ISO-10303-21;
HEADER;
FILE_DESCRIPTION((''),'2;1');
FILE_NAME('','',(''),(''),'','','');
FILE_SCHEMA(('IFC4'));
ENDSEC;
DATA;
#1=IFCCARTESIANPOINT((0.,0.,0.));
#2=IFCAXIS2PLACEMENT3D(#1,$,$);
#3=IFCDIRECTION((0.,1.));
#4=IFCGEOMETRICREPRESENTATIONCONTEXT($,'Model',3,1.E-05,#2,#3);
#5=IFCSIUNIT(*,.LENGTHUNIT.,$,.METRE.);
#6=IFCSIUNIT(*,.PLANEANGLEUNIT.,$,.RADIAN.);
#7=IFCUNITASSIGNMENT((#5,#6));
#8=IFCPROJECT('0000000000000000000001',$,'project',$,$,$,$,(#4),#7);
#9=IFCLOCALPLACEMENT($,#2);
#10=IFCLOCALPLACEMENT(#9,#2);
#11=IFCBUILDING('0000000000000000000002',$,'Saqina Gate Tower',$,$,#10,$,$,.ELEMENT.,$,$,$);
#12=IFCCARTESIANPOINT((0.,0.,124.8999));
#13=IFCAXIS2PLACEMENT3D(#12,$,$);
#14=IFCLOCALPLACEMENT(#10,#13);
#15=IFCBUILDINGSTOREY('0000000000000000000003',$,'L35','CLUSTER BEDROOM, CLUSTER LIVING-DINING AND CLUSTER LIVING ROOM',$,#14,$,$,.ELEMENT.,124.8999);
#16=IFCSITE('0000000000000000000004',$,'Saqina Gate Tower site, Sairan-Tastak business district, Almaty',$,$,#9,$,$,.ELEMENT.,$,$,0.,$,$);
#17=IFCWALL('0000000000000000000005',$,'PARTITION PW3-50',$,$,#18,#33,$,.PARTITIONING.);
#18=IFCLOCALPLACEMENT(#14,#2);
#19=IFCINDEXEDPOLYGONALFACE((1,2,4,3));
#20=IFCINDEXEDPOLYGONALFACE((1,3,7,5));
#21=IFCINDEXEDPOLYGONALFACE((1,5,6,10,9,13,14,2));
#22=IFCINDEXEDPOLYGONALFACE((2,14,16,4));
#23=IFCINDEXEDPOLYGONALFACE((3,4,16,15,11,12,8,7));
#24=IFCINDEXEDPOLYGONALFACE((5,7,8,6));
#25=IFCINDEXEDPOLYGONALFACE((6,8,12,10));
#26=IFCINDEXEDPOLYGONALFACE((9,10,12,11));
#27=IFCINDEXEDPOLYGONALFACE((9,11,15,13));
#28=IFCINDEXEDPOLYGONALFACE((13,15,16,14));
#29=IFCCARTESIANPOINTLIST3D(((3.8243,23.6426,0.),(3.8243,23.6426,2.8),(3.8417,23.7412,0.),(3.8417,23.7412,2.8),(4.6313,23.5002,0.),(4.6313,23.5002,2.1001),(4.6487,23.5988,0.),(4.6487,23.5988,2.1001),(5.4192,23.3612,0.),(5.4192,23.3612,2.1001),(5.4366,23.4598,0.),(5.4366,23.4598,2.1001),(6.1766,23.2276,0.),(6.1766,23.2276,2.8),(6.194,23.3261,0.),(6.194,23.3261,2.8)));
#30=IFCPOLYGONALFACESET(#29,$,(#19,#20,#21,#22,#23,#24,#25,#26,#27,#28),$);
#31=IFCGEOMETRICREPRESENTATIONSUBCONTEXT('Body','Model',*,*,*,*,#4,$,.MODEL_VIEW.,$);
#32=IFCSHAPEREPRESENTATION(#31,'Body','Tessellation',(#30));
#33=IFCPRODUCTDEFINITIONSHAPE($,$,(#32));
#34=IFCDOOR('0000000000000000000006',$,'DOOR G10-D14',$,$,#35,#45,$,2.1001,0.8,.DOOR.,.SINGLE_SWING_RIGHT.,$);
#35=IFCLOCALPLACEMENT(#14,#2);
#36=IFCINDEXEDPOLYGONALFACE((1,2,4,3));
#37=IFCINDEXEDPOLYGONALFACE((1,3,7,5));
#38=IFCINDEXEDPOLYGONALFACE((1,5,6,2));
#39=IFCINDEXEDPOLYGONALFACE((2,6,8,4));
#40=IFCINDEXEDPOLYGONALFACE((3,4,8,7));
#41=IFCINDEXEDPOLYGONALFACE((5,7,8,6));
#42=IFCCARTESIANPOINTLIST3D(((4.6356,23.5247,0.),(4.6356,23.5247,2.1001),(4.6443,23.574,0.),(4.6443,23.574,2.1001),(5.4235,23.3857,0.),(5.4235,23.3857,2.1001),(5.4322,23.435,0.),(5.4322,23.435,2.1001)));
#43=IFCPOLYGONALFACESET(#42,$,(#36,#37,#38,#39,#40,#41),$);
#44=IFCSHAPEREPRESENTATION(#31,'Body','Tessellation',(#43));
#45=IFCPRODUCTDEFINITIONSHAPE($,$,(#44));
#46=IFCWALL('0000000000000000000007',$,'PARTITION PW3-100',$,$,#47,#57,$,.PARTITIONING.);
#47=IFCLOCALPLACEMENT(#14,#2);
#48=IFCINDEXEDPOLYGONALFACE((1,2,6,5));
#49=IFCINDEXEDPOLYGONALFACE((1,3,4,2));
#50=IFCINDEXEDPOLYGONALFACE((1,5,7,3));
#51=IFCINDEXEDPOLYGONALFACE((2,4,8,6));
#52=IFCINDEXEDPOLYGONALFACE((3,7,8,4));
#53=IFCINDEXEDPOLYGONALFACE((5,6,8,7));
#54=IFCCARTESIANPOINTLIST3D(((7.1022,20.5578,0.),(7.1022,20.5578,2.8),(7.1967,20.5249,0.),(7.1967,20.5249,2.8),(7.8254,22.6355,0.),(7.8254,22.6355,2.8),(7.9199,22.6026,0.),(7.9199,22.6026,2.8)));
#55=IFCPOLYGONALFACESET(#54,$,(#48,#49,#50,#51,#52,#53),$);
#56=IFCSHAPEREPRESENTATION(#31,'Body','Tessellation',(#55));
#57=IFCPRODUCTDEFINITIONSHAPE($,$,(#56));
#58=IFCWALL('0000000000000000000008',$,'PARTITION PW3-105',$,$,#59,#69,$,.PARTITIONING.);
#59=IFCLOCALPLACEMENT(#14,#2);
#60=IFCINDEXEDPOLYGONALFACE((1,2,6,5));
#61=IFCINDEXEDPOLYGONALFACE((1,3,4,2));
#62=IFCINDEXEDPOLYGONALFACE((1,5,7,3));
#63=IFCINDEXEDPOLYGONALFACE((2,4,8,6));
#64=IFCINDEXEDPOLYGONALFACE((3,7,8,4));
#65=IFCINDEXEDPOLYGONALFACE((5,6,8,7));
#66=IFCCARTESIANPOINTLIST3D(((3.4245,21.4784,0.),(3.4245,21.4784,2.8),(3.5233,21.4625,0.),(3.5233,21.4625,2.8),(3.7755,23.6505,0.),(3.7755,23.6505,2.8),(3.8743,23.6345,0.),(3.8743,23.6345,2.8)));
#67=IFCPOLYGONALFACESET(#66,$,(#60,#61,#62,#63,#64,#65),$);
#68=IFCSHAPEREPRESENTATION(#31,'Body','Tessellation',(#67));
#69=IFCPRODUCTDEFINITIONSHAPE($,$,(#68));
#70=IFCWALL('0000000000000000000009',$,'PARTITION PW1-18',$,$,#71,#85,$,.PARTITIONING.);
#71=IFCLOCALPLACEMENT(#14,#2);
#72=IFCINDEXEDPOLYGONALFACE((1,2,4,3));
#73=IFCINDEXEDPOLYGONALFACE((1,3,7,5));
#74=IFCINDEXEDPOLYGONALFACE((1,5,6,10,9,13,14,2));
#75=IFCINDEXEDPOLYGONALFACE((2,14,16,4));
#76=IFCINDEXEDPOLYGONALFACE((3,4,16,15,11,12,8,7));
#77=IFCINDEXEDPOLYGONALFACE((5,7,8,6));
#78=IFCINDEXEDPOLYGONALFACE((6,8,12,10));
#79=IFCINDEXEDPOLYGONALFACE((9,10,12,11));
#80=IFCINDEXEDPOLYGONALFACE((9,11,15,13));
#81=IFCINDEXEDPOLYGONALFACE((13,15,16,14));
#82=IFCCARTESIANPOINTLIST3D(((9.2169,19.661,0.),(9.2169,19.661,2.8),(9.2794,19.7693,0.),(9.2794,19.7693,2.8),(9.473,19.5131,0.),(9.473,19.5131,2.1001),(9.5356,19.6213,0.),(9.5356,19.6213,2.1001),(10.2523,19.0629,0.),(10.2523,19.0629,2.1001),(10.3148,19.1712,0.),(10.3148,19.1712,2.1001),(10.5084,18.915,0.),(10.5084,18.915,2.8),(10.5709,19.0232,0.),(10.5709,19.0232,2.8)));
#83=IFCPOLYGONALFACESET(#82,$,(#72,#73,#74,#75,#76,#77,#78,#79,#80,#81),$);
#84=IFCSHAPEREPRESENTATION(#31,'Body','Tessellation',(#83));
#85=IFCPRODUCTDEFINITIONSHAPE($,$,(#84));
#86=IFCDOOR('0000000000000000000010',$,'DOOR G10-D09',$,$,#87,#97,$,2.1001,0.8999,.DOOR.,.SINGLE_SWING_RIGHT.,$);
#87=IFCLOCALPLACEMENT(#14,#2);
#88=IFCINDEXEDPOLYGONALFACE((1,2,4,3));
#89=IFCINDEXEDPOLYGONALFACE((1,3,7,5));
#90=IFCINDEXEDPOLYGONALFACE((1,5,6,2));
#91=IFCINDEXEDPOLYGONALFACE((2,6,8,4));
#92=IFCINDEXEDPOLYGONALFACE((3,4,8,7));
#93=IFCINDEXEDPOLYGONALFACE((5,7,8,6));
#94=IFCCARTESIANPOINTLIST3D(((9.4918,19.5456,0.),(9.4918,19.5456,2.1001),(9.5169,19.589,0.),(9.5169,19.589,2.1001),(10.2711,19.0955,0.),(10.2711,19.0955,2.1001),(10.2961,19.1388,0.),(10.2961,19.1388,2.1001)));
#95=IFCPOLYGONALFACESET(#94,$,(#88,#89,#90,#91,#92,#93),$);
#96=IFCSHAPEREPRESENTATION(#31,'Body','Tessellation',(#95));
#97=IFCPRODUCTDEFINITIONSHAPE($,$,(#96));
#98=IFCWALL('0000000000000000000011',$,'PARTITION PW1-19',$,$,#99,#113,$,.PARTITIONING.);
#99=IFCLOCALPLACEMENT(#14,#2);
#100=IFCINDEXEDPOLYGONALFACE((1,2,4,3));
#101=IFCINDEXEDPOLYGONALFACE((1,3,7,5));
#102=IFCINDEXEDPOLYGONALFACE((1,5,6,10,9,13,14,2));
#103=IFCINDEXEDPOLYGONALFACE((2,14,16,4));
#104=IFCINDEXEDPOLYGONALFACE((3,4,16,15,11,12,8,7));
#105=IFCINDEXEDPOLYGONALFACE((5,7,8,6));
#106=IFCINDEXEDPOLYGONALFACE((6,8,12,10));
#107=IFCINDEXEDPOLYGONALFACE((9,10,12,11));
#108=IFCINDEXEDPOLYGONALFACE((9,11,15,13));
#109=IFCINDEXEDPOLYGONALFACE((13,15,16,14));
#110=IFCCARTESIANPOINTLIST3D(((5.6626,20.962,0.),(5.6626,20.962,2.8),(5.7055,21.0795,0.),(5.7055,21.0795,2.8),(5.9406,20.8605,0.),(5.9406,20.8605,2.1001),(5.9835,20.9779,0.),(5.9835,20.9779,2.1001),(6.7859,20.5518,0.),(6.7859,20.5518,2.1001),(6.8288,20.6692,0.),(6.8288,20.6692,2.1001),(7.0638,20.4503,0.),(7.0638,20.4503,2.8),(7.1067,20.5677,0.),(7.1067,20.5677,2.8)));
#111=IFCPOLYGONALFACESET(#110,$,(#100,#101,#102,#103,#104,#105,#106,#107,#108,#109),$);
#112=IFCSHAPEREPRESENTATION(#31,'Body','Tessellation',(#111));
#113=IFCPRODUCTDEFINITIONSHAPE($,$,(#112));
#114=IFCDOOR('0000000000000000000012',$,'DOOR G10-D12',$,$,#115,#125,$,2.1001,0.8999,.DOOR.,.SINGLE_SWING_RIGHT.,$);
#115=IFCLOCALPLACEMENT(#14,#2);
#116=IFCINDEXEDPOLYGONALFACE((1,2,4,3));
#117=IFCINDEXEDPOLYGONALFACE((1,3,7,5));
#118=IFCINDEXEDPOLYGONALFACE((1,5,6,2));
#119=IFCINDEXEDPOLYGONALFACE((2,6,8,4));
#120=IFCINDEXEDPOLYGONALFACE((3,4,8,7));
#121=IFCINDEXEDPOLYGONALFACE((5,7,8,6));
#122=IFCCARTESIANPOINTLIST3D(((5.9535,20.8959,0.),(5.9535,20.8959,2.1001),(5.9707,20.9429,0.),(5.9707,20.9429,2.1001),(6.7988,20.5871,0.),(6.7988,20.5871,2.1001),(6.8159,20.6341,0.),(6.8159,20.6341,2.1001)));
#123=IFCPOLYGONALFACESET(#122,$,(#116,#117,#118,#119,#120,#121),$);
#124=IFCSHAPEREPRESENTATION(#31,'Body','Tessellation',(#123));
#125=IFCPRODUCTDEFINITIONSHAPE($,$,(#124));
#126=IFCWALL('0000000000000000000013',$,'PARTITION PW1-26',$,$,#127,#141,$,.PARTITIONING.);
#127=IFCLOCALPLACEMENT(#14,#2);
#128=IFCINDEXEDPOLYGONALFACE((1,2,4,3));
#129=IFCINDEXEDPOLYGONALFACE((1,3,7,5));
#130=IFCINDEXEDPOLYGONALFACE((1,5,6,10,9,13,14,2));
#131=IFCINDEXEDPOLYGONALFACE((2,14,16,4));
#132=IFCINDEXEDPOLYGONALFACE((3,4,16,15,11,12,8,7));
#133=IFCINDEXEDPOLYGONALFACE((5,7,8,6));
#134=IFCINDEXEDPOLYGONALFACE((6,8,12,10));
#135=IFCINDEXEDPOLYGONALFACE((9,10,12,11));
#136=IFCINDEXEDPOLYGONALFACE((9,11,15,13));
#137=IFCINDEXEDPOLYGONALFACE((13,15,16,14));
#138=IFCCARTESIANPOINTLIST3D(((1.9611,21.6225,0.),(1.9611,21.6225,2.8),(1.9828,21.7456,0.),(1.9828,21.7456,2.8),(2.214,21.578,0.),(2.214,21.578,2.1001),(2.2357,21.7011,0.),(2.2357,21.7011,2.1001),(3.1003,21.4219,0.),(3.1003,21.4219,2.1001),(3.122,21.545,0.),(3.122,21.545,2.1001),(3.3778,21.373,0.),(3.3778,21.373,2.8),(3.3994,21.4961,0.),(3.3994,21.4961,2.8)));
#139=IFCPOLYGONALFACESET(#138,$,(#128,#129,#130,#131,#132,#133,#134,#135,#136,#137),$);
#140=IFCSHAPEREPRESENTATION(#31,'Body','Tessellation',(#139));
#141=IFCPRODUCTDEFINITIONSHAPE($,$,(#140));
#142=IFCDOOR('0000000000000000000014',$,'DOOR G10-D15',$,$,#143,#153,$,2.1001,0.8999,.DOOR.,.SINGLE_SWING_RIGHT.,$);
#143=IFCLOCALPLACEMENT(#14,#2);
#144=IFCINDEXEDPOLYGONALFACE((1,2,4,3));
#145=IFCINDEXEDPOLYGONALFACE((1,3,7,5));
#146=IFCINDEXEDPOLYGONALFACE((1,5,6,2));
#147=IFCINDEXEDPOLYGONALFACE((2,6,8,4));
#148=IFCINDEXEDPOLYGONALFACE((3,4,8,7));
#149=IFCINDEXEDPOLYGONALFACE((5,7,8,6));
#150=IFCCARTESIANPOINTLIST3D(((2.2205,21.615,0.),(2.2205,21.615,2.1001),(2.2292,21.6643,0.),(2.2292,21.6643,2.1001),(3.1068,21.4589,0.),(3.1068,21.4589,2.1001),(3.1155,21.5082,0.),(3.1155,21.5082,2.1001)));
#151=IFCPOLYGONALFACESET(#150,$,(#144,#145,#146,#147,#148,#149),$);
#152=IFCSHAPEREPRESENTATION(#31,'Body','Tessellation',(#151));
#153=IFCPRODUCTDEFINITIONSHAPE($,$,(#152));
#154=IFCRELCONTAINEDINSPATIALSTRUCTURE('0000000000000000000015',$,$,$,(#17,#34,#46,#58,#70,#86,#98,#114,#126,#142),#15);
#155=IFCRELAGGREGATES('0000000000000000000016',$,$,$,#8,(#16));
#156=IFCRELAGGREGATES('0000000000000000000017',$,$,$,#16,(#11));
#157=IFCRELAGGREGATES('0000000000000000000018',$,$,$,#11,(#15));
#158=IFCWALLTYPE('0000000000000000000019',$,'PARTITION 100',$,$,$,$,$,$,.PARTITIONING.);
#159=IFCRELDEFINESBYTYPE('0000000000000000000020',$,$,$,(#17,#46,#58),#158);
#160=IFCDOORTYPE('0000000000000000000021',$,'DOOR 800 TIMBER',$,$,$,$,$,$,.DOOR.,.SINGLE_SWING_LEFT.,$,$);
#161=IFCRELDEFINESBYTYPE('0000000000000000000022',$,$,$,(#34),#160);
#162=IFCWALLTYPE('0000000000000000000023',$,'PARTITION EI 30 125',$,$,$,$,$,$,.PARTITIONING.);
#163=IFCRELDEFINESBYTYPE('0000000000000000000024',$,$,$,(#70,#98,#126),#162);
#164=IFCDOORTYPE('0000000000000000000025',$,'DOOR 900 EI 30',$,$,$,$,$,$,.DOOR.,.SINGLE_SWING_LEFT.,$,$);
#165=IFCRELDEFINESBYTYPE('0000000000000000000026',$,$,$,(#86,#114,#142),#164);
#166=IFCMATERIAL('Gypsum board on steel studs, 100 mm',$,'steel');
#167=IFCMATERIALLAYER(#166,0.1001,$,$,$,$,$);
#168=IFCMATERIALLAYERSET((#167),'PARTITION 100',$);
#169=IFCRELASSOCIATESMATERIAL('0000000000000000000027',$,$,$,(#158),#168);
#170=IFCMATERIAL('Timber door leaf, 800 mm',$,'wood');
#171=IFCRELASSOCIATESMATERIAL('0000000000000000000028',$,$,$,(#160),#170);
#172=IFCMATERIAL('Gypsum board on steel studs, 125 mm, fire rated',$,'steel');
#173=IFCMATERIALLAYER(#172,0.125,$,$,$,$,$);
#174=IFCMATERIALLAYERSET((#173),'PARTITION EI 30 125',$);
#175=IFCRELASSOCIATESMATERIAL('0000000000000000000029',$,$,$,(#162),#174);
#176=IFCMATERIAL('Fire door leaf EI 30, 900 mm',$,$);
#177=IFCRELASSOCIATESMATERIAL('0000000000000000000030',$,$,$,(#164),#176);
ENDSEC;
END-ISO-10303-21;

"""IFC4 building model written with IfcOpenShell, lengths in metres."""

from ifc_helpers import new_model, si_unit, direction, frame, frame_2d, origin, place, context, subcontext, project, spatial, rectangle, extrude, material, layer, layer_set, type_object, element, fill, save


model = new_model("IFC4")

# Units and contexts
model_context = context("Model", 3, precision=1e-05, world=origin(), true_north=direction((0.0, 1.0)))
body_context = subcontext(model_context, "Body", "Model", "MODEL_VIEW")
ifc_project = project(units=[si_unit("LENGTHUNIT", "METRE"), si_unit("PLANEANGLEUNIT", "RADIAN")], contexts=[model_context])

# Site, building, storey
site_placement = place(None, origin())
site = spatial("IfcSite", under=ifc_project, at=site_placement, Name="Saqina Gate Tower site, Sairan-Tastak business district, Almaty", CompositionType="ELEMENT", RefElevation=0.0)
building_placement = place(site_placement, origin())
building = spatial("IfcBuilding", under=site, at=building_placement, Name="Saqina Gate Tower", CompositionType="ELEMENT")
storey_placement = place(building_placement, frame((0.0, 0.0, 124.8999)))
storey = spatial("IfcBuildingStorey", under=building, at=storey_placement, Name="L35", Description="CLUSTER BEDROOM, CLUSTER LIVING-DINING AND CLUSTER LIVING ROOM", CompositionType="ELEMENT", Elevation=124.8999)

# Shared definitions
ifc_material_1 = material(Name="Gypsum board on steel studs, 100 mm", Category="steel")
ifc_layer_1 = layer(ifc_material_1, 0.1001)
ifc_layer_set_1 = layer_set([ifc_layer_1], Name="PARTITION 100")
wall_type_1 = type_object("IfcWallType", Name="PARTITION 100", PredefinedType="PARTITIONING", material=ifc_layer_set_1)

# Shared definitions
ifc_material_2 = material(Name="Timber door leaf, 800 mm", Category="wood")
door_type_1 = type_object("IfcDoorType", Name="DOOR 800 TIMBER", OperationType="SINGLE_SWING_LEFT", PredefinedType="DOOR", material=ifc_material_2)

# Wall, opening, door
wall_1_placement = place(storey_placement, frame((3.833, 23.6919, 0.0), z_axis=(0.0, 0.0, 1.0), x_axis=(0.984789, -0.173756, 0.0)))
wall_1 = element("IfcWall", 1, at=wall_1_placement, inside=storey, type_object=wall_type_1, Name="PARTITION PW3-50", PredefinedType="PARTITIONING", context=body_context, shape_type="SweptSolid", body=[
    extrude(rectangle(XDim=2.3887, YDim=0.1001, at=frame_2d((1.1943, 0.0))), origin(), (0.0, 0.0, 1.0), 2.8),
])
opening_1_placement = place(wall_1_placement, frame((0.8196, 0.0, 0.0)))
opening_1 = element("IfcOpeningElement", 2, at=opening_1_placement, cuts=wall_1, PredefinedType="OPENING", context=body_context, shape_type="SweptSolid", body=[
    extrude(rectangle(XDim=0.8, YDim=2.1001, at=frame_2d((0.3999, 1.05))), frame((0.0, 0.062, 0.0), z_axis=(0.0, -1.0, 0.0), x_axis=(1.0, 0.0, 0.0)), (0.0, 0.0, 1.0), 0.124),
])
door_1_placement = place(opening_1_placement, origin())
door_1 = element("IfcDoor", 3, at=door_1_placement, inside=storey, type_object=door_type_1, Name="DOOR G10-D14", OperationType="SINGLE_SWING_RIGHT", OverallHeight=2.1001, OverallWidth=0.8, PredefinedType="DOOR", context=body_context, shape_type="SweptSolid", body=[
    extrude(rectangle(XDim=0.8, YDim=2.1001, at=frame_2d((0.3999, 1.05))), frame((0.0, 0.0249, 0.0), z_axis=(0.0, -1.0, 0.0), x_axis=(1.0, 0.0, 0.0)), (0.0, 0.0, 1.0), 0.05),
])
fill(opening_1, door_1)

# Walls
wall_2_placement = place(storey_placement, frame((7.1494, 20.5413, 0.0), z_axis=(0.0, 0.0, 1.0), x_axis=(0.328719, 0.944428, 0.0)))
element("IfcWall", 4, at=wall_2_placement, inside=storey, type_object=wall_type_1, Name="PARTITION PW3-100", PredefinedType="PARTITIONING", context=body_context, shape_type="SweptSolid", body=[
    extrude(rectangle(XDim=2.2, YDim=0.1001, at=frame_2d((1.1001, 0.0))), origin(), (0.0, 0.0, 1.0), 2.8),
])
wall_3_placement = place(storey_placement, frame((3.4739, 21.4705, 0.0), z_axis=(0.0, 0.0, 1.0), x_axis=(0.159557, 0.987189, 0.0)))
element("IfcWall", 5, at=wall_3_placement, inside=storey, type_object=wall_type_1, Name="PARTITION PW3-105", PredefinedType="PARTITIONING", context=body_context, shape_type="SweptSolid", body=[
    extrude(rectangle(XDim=2.2002, YDim=0.1001, at=frame_2d((1.1001, 0.0))), origin(), (0.0, 0.0, 1.0), 2.8),
])

# Walls, openings, doors
ifc_material_3 = material(Name="Gypsum board on steel studs, 125 mm, fire rated", Category="steel")
ifc_layer_2 = layer(ifc_material_3, 0.125)
ifc_layer_set_2 = layer_set([ifc_layer_2], Name="PARTITION EI 30 125")
wall_type_2 = type_object("IfcWallType", Name="PARTITION EI 30 125", PredefinedType="PARTITIONING", material=ifc_layer_set_2)
wall_4_placement = place(storey_placement, frame((9.2483, 19.7151, 0.0), z_axis=(0.0, 0.0, 1.0), x_axis=(0.865897, -0.500223, 0.0)))
wall_4 = element("IfcWall", 6, at=wall_4_placement, inside=storey, type_object=wall_type_2, Name="PARTITION PW1-18", PredefinedType="PARTITIONING", context=body_context, shape_type="SweptSolid", body=[
    extrude(rectangle(XDim=1.4915, YDim=0.125, at=frame_2d((0.7456, 0.0))), origin(), (0.0, 0.0, 1.0), 2.8),
])
opening_2_placement = place(wall_4_placement, frame((0.2957, 0.0, 0.0)))
opening_2 = element("IfcOpeningElement", 7, at=opening_2_placement, cuts=wall_4, PredefinedType="OPENING", context=body_context, shape_type="SweptSolid", body=[
    extrude(rectangle(XDim=0.8999, YDim=2.1001, at=frame_2d((0.45, 1.05))), frame((0.0, 0.0745, 0.0), z_axis=(0.0, -1.0, 0.0), x_axis=(1.0, 0.0, 0.0)), (0.0, 0.0, 1.0), 0.1489),
])
ifc_material_4 = material(Name="Fire door leaf EI 30, 900 mm")
door_type_2 = type_object("IfcDoorType", Name="DOOR 900 EI 30", OperationType="SINGLE_SWING_LEFT", PredefinedType="DOOR", material=ifc_material_4)
door_2_placement = place(opening_2_placement, frame((0.8999, 0.0, 0.0), z_axis=(0.0, 0.0, 1.0), x_axis=(-1.0, 0.0, 0.0)))
door_2 = element("IfcDoor", 8, at=door_2_placement, inside=storey, type_object=door_type_2, Name="DOOR G10-D09", OperationType="SINGLE_SWING_RIGHT", OverallHeight=2.1001, OverallWidth=0.8999, PredefinedType="DOOR", context=body_context, shape_type="SweptSolid", body=[
    extrude(rectangle(XDim=0.8999, YDim=2.1001, at=frame_2d((0.45, 1.05))), frame((0.0, 0.0249, 0.0), z_axis=(0.0, -1.0, 0.0), x_axis=(1.0, 0.0, 0.0)), (0.0, 0.0, 1.0), 0.05),
])
fill(opening_2, door_2)
wall_5_placement = place(storey_placement, frame((5.6841, 21.0208, 0.0), z_axis=(0.0, 0.0, 1.0), x_axis=(0.939315, -0.343057, 0.0)))
wall_5 = element("IfcWall", 9, at=wall_5_placement, inside=storey, type_object=wall_type_2, Name="PARTITION PW1-19", PredefinedType="PARTITIONING", context=body_context, shape_type="SweptSolid", body=[
    extrude(rectangle(XDim=1.4917, YDim=0.125, at=frame_2d((0.7458, 0.0))), origin(), (0.0, 0.0, 1.0), 2.8),
])
opening_3_placement = place(wall_5_placement, frame((0.2959, 0.0, 0.0)))
opening_3 = element("IfcOpeningElement", 10, at=opening_3_placement, cuts=wall_5, PredefinedType="OPENING", context=body_context, shape_type="SweptSolid", body=[
    extrude(rectangle(XDim=0.8999, YDim=2.1001, at=frame_2d((0.45, 1.05))), frame((0.0, 0.0745, 0.0), z_axis=(0.0, -1.0, 0.0), x_axis=(1.0, 0.0, 0.0)), (0.0, 0.0, 1.0), 0.1489),
])
door_3_placement = place(opening_3_placement, frame((0.8999, 0.0, 0.0), z_axis=(0.0, 0.0, 1.0), x_axis=(-1.0, 0.0, 0.0)))
door_3 = element("IfcDoor", 11, at=door_3_placement, inside=storey, type_object=door_type_2, Name="DOOR G10-D12", OperationType="SINGLE_SWING_RIGHT", OverallHeight=2.1001, OverallWidth=0.8999, PredefinedType="DOOR", context=body_context, shape_type="SweptSolid", body=[
    extrude(rectangle(XDim=0.8999, YDim=2.1001, at=frame_2d((0.45, 1.05))), frame((0.0, 0.0249, 0.0), z_axis=(0.0, -1.0, 0.0), x_axis=(1.0, 0.0, 0.0)), (0.0, 0.0, 1.0), 0.05),
])
fill(opening_3, door_3)
wall_6_placement = place(storey_placement, frame((1.9719, 21.6841, 0.0), z_axis=(0.0, 0.0, 1.0), x_axis=(0.984843, -0.173446, 0.0)))
wall_6 = element("IfcWall", 12, at=wall_6_placement, inside=storey, type_object=wall_type_2, Name="PARTITION PW1-26", PredefinedType="PARTITIONING", context=body_context, shape_type="SweptSolid", body=[
    extrude(rectangle(XDim=1.4385, YDim=0.125, at=frame_2d((0.7192, 0.0))), origin(), (0.0, 0.0, 1.0), 2.8),
])
opening_4_placement = place(wall_6_placement, frame((0.2568, 0.0, 0.0)))
opening_4 = element("IfcOpeningElement", 13, at=opening_4_placement, cuts=wall_6, PredefinedType="OPENING", context=body_context, shape_type="SweptSolid", body=[
    extrude(rectangle(XDim=0.8999, YDim=2.1001, at=frame_2d((0.45, 1.05))), frame((0.0, 0.0745, 0.0), z_axis=(0.0, -1.0, 0.0), x_axis=(1.0, 0.0, 0.0)), (0.0, 0.0, 1.0), 0.1489),
])
door_4_placement = place(opening_4_placement, frame((0.8999, 0.0, 0.0), z_axis=(0.0, 0.0, 1.0), x_axis=(-1.0, 0.0, 0.0)))
door_4 = element("IfcDoor", 14, at=door_4_placement, inside=storey, type_object=door_type_2, Name="DOOR G10-D15", OperationType="SINGLE_SWING_RIGHT", OverallHeight=2.1001, OverallWidth=0.8999, PredefinedType="DOOR", context=body_context, shape_type="SweptSolid", body=[
    extrude(rectangle(XDim=0.8999, YDim=2.1001, at=frame_2d((0.45, 1.05))), frame((0.0, 0.0249, 0.0), z_axis=(0.0, -1.0, 0.0), x_axis=(1.0, 0.0, 0.0)), (0.0, 0.0, 1.0), 0.05),
])
fill(opening_4, door_4)

save(model, "model.ifc")
